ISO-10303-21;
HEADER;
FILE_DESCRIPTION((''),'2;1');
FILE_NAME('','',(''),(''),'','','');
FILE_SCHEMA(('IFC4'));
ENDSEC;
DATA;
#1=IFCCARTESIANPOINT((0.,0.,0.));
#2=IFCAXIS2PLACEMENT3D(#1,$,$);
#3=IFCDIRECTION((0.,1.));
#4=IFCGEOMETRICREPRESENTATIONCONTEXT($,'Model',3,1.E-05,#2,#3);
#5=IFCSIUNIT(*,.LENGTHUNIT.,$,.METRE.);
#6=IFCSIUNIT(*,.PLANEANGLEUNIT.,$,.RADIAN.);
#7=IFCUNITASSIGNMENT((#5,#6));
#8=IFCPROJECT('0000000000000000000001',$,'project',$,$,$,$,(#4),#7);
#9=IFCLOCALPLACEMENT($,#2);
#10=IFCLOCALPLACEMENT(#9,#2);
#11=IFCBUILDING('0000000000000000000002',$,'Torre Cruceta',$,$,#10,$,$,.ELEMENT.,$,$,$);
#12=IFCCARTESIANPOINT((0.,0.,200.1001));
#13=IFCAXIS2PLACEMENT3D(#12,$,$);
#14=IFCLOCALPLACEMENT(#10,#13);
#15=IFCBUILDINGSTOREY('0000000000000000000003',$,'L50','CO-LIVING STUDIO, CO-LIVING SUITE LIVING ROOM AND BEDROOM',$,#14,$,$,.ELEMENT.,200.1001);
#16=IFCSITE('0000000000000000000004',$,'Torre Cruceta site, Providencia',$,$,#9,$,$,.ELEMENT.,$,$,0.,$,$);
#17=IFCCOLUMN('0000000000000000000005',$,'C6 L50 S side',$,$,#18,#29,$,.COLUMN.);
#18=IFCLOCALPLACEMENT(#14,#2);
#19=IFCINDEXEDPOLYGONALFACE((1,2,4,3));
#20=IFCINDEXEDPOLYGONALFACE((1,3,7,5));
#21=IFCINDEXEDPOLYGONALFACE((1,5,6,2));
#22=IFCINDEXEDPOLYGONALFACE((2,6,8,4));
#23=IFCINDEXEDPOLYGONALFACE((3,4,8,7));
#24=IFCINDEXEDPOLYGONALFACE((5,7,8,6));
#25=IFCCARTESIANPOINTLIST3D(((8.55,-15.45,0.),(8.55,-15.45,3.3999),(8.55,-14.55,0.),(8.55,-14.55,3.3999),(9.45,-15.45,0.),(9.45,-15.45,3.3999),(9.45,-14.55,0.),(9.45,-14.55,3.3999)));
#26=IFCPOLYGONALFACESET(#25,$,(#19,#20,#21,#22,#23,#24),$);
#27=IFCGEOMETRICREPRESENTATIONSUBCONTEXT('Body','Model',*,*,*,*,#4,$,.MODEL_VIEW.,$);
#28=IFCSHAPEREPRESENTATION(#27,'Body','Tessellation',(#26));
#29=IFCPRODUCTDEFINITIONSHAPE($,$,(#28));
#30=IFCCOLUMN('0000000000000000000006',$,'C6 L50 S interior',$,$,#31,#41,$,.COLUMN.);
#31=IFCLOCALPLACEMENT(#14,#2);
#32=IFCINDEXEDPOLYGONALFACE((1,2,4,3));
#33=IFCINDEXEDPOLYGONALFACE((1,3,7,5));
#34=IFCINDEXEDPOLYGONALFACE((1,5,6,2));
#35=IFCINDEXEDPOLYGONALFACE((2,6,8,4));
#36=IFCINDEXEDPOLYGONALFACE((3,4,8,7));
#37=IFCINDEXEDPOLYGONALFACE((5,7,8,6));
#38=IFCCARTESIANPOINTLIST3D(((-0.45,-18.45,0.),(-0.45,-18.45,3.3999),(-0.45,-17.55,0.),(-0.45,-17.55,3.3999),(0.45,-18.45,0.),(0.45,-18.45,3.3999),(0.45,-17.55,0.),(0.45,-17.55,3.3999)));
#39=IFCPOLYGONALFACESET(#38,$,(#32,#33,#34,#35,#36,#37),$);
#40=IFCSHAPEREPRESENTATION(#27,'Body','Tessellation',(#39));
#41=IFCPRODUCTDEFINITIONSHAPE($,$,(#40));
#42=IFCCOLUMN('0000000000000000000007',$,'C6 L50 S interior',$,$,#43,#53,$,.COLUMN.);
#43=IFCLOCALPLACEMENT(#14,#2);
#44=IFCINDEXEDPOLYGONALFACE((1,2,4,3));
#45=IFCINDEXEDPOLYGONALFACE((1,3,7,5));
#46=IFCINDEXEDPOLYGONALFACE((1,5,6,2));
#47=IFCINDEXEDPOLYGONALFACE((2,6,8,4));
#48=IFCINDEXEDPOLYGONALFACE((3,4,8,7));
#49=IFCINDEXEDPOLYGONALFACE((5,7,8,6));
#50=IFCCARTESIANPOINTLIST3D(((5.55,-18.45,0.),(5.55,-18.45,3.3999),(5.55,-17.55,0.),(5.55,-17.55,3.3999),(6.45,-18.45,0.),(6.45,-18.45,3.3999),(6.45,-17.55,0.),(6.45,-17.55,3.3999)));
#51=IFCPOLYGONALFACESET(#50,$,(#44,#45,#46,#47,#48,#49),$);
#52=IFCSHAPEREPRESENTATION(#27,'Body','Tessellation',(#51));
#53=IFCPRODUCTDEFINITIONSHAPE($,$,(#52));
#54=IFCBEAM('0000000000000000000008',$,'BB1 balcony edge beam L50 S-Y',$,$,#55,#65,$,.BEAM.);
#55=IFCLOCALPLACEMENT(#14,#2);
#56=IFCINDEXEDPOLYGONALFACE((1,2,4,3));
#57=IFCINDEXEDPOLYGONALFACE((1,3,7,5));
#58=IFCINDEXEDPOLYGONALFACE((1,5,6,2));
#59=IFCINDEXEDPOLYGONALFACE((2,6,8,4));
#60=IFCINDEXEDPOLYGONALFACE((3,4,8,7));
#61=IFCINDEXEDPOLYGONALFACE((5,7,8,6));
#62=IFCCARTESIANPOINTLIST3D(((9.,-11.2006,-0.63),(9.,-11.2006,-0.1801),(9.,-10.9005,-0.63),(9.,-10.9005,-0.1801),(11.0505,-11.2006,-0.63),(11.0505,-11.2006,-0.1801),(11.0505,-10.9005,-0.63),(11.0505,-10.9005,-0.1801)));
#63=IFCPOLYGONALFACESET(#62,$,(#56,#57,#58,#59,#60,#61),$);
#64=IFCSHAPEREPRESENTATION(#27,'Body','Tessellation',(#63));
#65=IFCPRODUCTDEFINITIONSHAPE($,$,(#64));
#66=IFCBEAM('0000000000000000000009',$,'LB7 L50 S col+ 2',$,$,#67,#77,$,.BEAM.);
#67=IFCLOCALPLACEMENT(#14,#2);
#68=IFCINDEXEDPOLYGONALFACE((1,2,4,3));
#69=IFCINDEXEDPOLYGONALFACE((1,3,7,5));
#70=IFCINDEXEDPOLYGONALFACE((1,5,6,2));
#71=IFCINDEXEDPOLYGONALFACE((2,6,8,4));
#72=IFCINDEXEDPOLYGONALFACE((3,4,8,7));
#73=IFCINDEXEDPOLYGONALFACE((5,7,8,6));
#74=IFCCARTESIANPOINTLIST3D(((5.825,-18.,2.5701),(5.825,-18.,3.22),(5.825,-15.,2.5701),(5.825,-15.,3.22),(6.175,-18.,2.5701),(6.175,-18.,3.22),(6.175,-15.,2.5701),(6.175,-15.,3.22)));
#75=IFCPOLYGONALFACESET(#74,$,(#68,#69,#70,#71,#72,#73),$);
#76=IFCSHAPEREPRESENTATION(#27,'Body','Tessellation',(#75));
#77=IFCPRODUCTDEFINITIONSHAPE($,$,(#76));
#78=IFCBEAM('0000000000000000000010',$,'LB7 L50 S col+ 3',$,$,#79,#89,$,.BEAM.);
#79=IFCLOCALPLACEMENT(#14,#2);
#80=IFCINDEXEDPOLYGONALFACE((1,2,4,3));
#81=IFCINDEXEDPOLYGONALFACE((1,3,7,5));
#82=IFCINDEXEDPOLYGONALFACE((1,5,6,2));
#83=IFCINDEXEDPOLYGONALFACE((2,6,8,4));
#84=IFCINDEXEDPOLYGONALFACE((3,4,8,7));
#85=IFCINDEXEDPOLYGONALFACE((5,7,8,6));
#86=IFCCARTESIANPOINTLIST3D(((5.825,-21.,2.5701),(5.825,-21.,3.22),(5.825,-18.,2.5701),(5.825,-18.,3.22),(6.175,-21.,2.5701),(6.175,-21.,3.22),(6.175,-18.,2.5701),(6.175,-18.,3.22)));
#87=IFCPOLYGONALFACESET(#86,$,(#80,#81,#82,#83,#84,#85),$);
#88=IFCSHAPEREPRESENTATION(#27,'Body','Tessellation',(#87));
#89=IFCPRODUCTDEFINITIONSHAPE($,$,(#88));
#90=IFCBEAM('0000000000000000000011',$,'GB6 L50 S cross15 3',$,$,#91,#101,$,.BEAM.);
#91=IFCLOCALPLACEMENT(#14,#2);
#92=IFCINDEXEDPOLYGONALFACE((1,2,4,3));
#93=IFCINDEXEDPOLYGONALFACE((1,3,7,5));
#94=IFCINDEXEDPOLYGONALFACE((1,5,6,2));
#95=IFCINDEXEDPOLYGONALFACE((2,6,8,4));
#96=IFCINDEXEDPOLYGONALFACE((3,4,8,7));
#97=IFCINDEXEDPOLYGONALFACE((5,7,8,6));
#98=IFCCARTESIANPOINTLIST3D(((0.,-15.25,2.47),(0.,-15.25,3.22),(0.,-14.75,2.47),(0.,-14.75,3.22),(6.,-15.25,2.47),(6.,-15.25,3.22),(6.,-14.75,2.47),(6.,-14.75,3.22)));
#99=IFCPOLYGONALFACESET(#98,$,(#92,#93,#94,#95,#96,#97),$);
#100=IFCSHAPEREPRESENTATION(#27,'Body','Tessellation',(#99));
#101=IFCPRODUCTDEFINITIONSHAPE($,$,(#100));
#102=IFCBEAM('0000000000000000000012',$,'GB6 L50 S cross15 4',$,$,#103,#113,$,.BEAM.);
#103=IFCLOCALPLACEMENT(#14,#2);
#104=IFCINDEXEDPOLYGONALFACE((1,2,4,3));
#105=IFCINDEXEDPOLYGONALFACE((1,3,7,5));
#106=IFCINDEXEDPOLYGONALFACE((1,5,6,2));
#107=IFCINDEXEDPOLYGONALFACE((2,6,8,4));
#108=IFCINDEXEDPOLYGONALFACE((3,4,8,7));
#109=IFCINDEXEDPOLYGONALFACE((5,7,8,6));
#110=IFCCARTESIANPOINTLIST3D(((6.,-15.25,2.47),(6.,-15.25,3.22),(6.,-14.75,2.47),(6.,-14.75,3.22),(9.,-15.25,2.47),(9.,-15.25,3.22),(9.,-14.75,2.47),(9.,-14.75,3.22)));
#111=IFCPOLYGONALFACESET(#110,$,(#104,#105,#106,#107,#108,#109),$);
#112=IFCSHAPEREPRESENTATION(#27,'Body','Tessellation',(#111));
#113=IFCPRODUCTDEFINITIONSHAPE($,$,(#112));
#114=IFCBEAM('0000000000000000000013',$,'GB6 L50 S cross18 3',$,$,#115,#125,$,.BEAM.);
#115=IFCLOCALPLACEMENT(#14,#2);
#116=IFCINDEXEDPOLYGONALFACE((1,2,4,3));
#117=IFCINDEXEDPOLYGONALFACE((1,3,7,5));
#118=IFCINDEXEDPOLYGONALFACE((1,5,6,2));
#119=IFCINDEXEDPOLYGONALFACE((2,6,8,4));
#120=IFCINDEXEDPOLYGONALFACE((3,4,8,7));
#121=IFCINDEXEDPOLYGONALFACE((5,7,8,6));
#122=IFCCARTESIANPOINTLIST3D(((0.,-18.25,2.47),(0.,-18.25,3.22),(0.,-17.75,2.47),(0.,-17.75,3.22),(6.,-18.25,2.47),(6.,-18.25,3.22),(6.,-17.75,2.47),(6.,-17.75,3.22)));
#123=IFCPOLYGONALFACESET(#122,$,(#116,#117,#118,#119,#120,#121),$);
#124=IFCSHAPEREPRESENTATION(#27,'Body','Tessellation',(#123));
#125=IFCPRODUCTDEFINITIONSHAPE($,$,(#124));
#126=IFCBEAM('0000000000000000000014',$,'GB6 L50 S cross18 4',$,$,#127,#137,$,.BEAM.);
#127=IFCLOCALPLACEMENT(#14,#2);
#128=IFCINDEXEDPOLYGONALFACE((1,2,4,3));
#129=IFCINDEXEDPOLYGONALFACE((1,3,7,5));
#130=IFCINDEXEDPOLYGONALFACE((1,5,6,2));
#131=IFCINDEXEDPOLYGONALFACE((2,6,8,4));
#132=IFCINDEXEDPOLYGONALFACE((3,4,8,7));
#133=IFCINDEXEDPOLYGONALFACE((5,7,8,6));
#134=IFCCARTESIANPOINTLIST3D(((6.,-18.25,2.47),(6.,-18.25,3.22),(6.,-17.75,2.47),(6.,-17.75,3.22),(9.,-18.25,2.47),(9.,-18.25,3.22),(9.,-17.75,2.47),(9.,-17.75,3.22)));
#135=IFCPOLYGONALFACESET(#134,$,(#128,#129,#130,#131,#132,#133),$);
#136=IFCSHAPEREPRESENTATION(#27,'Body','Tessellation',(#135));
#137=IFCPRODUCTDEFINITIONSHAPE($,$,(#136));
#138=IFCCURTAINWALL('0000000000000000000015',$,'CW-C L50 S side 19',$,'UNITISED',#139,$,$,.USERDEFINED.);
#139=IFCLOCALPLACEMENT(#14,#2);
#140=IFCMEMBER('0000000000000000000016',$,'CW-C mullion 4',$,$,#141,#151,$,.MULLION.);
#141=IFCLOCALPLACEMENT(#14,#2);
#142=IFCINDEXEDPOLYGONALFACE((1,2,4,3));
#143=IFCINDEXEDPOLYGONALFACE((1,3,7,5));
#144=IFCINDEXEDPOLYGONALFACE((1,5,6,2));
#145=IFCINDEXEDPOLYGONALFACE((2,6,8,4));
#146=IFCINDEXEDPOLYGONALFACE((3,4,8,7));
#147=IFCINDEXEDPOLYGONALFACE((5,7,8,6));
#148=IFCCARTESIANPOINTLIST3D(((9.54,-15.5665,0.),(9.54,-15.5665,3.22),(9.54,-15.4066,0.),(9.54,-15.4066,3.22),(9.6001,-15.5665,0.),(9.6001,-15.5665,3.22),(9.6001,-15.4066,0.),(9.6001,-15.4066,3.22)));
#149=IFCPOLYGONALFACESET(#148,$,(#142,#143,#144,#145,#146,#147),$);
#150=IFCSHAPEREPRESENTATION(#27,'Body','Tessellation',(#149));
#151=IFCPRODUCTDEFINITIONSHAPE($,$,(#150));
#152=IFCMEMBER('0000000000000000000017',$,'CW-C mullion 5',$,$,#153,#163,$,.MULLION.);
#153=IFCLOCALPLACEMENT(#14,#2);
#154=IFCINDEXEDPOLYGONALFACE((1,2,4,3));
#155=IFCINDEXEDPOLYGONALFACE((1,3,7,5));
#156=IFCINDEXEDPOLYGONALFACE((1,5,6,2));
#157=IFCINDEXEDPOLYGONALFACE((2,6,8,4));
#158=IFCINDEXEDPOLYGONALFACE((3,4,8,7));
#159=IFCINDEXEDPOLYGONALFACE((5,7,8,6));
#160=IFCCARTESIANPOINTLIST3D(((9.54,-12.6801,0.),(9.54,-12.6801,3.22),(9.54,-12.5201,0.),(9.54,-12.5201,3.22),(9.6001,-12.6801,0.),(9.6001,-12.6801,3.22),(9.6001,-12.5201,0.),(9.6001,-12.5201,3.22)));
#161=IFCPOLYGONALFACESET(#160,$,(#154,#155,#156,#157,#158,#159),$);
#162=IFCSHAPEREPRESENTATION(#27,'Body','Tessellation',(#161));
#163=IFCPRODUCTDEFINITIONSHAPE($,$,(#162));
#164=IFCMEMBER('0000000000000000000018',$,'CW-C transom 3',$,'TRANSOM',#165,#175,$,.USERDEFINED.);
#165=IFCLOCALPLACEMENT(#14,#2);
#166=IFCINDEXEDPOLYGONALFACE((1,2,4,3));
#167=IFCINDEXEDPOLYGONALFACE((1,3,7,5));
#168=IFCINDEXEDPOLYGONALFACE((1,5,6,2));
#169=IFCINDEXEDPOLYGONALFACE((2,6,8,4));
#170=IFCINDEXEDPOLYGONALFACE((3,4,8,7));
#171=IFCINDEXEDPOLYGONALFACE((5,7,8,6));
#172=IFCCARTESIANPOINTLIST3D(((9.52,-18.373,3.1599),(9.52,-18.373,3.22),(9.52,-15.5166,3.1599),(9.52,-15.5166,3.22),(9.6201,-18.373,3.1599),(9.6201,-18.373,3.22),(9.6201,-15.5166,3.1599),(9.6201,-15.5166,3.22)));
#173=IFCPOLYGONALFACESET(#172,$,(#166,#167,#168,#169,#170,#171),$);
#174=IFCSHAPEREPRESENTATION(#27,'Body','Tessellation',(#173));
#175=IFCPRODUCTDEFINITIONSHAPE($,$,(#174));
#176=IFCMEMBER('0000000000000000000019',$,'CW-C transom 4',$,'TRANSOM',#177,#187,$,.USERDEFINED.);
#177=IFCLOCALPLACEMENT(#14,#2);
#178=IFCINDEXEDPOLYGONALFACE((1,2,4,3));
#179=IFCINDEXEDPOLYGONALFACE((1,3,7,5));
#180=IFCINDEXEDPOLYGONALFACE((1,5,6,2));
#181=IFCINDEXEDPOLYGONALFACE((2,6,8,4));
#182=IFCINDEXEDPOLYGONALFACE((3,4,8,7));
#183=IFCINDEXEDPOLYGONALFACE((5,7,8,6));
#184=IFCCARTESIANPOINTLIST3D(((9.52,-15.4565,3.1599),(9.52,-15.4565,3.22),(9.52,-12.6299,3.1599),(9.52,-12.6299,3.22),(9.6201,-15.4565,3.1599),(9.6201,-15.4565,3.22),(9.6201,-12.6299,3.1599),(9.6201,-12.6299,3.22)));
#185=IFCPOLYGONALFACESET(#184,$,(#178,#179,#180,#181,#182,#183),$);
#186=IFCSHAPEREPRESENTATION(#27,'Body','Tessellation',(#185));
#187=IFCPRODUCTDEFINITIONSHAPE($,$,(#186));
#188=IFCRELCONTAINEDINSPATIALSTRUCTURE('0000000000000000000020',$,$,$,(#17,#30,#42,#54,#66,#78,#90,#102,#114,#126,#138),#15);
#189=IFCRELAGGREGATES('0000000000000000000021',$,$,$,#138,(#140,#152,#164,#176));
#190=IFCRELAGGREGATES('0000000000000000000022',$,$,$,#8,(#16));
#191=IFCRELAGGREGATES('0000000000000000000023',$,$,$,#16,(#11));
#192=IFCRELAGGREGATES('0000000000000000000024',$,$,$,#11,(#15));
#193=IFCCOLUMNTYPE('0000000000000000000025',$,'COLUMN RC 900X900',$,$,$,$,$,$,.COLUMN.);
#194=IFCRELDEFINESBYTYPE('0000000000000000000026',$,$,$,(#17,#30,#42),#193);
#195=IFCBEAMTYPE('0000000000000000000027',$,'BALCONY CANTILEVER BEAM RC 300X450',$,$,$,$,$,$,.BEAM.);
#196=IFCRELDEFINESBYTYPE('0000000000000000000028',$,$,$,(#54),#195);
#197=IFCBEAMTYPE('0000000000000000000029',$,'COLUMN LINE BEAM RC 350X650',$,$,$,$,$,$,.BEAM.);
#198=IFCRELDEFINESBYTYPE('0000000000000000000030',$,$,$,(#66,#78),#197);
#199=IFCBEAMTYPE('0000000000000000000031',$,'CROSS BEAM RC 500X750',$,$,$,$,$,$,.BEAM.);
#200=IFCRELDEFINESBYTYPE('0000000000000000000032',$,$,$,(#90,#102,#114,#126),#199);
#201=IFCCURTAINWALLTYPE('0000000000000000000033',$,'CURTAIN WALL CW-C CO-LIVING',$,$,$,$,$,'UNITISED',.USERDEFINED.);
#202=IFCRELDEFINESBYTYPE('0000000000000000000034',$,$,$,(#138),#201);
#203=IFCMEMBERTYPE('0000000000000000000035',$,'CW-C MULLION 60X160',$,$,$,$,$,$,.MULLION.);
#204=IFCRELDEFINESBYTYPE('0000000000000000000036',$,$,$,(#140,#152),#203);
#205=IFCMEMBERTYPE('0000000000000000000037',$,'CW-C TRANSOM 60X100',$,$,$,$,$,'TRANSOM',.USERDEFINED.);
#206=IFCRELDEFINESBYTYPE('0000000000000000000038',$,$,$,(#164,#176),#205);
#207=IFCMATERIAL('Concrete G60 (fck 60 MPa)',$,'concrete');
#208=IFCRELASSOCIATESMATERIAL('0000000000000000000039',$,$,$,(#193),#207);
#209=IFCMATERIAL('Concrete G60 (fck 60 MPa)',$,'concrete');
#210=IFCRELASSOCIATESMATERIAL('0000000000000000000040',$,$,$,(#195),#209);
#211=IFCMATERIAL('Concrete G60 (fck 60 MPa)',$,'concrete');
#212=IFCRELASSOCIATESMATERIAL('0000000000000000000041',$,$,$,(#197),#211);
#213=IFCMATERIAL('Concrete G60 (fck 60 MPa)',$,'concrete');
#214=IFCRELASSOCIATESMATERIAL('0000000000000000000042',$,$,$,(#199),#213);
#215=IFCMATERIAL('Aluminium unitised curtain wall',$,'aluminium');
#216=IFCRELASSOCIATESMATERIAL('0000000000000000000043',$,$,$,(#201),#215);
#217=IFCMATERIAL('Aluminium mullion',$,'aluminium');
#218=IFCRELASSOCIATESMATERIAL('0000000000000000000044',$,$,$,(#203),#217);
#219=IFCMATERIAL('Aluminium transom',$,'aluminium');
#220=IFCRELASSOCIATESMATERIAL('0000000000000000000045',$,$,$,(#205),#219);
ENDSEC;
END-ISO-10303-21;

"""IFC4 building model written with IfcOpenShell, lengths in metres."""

from ifc_helpers import new_model, si_unit, direction, frame, origin, origin_2d, place, context, subcontext, project, spatial, rectangle, extrude, material, material_profile, profile_set, type_object, element, aggregate, save


model = new_model("IFC4")

# Units and contexts
model_context = context("Model", 3, precision=1e-05, world=origin(), true_north=direction((0.0, 1.0)))
body_context = subcontext(model_context, "Body", "Model", "MODEL_VIEW")
ifc_project = project(units=[si_unit("LENGTHUNIT", "METRE"), si_unit("PLANEANGLEUNIT", "RADIAN")], contexts=[model_context])

# Site, building, storey
site_placement = place(None, origin())
site = spatial("IfcSite", under=ifc_project, at=site_placement, Name="Torre Cruceta site, Providencia", CompositionType="ELEMENT", RefElevation=0.0)
building_placement = place(site_placement, origin())
building = spatial("IfcBuilding", under=site, at=building_placement, Name="Torre Cruceta", CompositionType="ELEMENT")
storey_placement = place(building_placement, frame((0.0, 0.0, 200.1001)))
storey = spatial("IfcBuildingStorey", under=building, at=storey_placement, Name="L50", Description="CO-LIVING STUDIO, CO-LIVING SUITE LIVING ROOM AND BEDROOM", CompositionType="ELEMENT", Elevation=200.1001)

# Columns
ifc_material_1 = material(Name="Concrete G60 (fck 60 MPa)", Category="concrete")
ifc_material_profile_1 = material_profile(ifc_material_1, rectangle(XDim=0.8999, YDim=0.8999, at=origin_2d()), Name="RC 900X900")
ifc_profile_set_1 = profile_set([ifc_material_profile_1], Name="Concrete G60 (fck 60 MPa)")
column_type = type_object("IfcColumnType", Name="COLUMN RC 900X900", PredefinedType="COLUMN", material=ifc_profile_set_1)
for number, where, z_axis, x_axis, name in (
    (1, (9.0, -15.0, 0.0), (0.0, 0.0, 1.0), (1.0, 0.0, 0.0), "C6 L50 S side"),
    (2, (0.0, -18.0, 0.0), (0.0, 0.0, 1.0), (1.0, 0.0, 0.0), "C6 L50 S interior"),
    (3, (6.0, -18.0, 0.0), (0.0, 0.0, 1.0), (1.0, 0.0, 0.0), "C6 L50 S interior"),
):
    element("IfcColumn", number, at=place(storey_placement, frame(where, z_axis=z_axis, x_axis=x_axis)), inside=storey, type_object=column_type, Name=name, PredefinedType="COLUMN", context=body_context, shape_type="SweptSolid", body=[
        extrude(rectangle(XDim=0.8999, YDim=0.8999, at=origin_2d()), origin(), (0.0, 0.0, 1.0), 3.3999),
    ])

# Beams
ifc_material_2 = material(Name="Concrete G60 (fck 60 MPa)", Category="concrete")
ifc_material_profile_2 = material_profile(ifc_material_2, rectangle(XDim=0.3, YDim=0.45, at=origin_2d()), Name="RC 300X450")
ifc_profile_set_2 = profile_set([ifc_material_profile_2], Name="Concrete G60 (fck 60 MPa)")
beam_type_1 = type_object("IfcBeamType", Name="BALCONY CANTILEVER BEAM RC 300X450", PredefinedType="BEAM", material=ifc_profile_set_2)
beam_1_placement = place(storey_placement, frame((9.0, -11.0505, -0.405), z_axis=(1.0, 0.0, 0.0), x_axis=(0.0, 1.0, 0.0)))
element("IfcBeam", 4, at=beam_1_placement, inside=storey, type_object=beam_type_1, Name="BB1 balcony edge beam L50 S-Y", PredefinedType="BEAM", context=body_context, shape_type="SweptSolid", body=[
    extrude(rectangle(XDim=0.3, YDim=0.45, at=origin_2d()), origin(), (0.0, 0.0, 1.0), 2.0505),
])
ifc_material_3 = material(Name="Concrete G60 (fck 60 MPa)", Category="concrete")
ifc_material_profile_3 = material_profile(ifc_material_3, rectangle(XDim=0.3501, YDim=0.6499, at=origin_2d()), Name="RC 350X650")
ifc_profile_set_3 = profile_set([ifc_material_profile_3], Name="Concrete G60 (fck 60 MPa)")
beam_type_2 = type_object("IfcBeamType", Name="COLUMN LINE BEAM RC 350X650", PredefinedType="BEAM", material=ifc_profile_set_3)
for number, where, z_axis, x_axis, name in (
    (5, (6.0, -15.0, 2.895), (0.0, -1.0, 0.0), (1.0, 0.0, 0.0), "LB7 L50 S col+ 2"),
    (6, (6.0, -18.0, 2.895), (0.0, -1.0, 0.0), (1.0, 0.0, 0.0), "LB7 L50 S col+ 3"),
):
    element("IfcBeam", number, at=place(storey_placement, frame(where, z_axis=z_axis, x_axis=x_axis)), inside=storey, type_object=beam_type_2, Name=name, PredefinedType="BEAM", context=body_context, shape_type="SweptSolid", body=[
        extrude(rectangle(XDim=0.3501, YDim=0.6499, at=origin_2d()), origin(), (0.0, 0.0, 1.0), 3.0),
    ])
ifc_material_4 = material(Name="Concrete G60 (fck 60 MPa)", Category="concrete")
ifc_material_profile_4 = material_profile(ifc_material_4, rectangle(XDim=0.5, YDim=0.75, at=origin_2d()), Name="RC 500X750")
ifc_profile_set_4 = profile_set([ifc_material_profile_4], Name="Concrete G60 (fck 60 MPa)")
beam_type_3 = type_object("IfcBeamType", Name="CROSS BEAM RC 500X750", PredefinedType="BEAM", material=ifc_profile_set_4)
beam_2_placement = place(storey_placement, frame((0.0, -15.0, 2.845), z_axis=(1.0, 0.0, 0.0), x_axis=(0.0, 1.0, 0.0)))
element("IfcBeam", 7, at=beam_2_placement, inside=storey, type_object=beam_type_3, Name="GB6 L50 S cross15 3", PredefinedType="BEAM", context=body_context, shape_type="SweptSolid", body=[
    extrude(rectangle(XDim=0.5, YDim=0.75, at=origin_2d()), origin(), (0.0, 0.0, 1.0), 6.0),
])
beam_3_placement = place(storey_placement, frame((6.0, -15.0, 2.845), z_axis=(1.0, 0.0, 0.0), x_axis=(0.0, 1.0, 0.0)))
element("IfcBeam", 8, at=beam_3_placement, inside=storey, type_object=beam_type_3, Name="GB6 L50 S cross15 4", PredefinedType="BEAM", context=body_context, shape_type="SweptSolid", body=[
    extrude(rectangle(XDim=0.5, YDim=0.75, at=origin_2d()), origin(), (0.0, 0.0, 1.0), 3.0),
])
beam_4_placement = place(storey_placement, frame((0.0, -18.0, 2.845), z_axis=(1.0, 0.0, 0.0), x_axis=(0.0, 1.0, 0.0)))
element("IfcBeam", 9, at=beam_4_placement, inside=storey, type_object=beam_type_3, Name="GB6 L50 S cross18 3", PredefinedType="BEAM", context=body_context, shape_type="SweptSolid", body=[
    extrude(rectangle(XDim=0.5, YDim=0.75, at=origin_2d()), origin(), (0.0, 0.0, 1.0), 6.0),
])
beam_5_placement = place(storey_placement, frame((6.0, -18.0, 2.845), z_axis=(1.0, 0.0, 0.0), x_axis=(0.0, 1.0, 0.0)))
element("IfcBeam", 10, at=beam_5_placement, inside=storey, type_object=beam_type_3, Name="GB6 L50 S cross18 4", PredefinedType="BEAM", context=body_context, shape_type="SweptSolid", body=[
    extrude(rectangle(XDim=0.5, YDim=0.75, at=origin_2d()), origin(), (0.0, 0.0, 1.0), 3.0),
])

# Curtain wall, members
ifc_material_5 = material(Name="Aluminium unitised curtain wall", Category="aluminium")
curtain_wall_type = type_object("IfcCurtainWallType", Name="CURTAIN WALL CW-C CO-LIVING", ElementType="UNITISED", PredefinedType="USERDEFINED", material=ifc_material_5)
curtain_wall_placement = place(storey_placement, origin())
curtain_wall = element("IfcCurtainWall", 11, at=curtain_wall_placement, inside=storey, type_object=curtain_wall_type, Name="CW-C L50 S side 19", ObjectType="UNITISED", PredefinedType="USERDEFINED")
ifc_material_6 = material(Name="Aluminium mullion", Category="aluminium")
ifc_material_profile_5 = material_profile(ifc_material_6, rectangle(XDim=0.0601, YDim=0.1599, at=origin_2d()), Name="AL 60X160")
ifc_profile_set_5 = profile_set([ifc_material_profile_5], Name="Aluminium mullion")
member_type_1 = type_object("IfcMemberType", Name="CW-C MULLION 60X160", PredefinedType="MULLION", material=ifc_profile_set_5)
member_1_placement = place(storey_placement, frame((9.5701, -15.4866, 0.0), z_axis=(0.0, 0.0, 1.0), x_axis=(-1.0, 0.0, 0.0)))
member_1 = element("IfcMember", 12, at=member_1_placement, type_object=member_type_1, Name="CW-C mullion 4", PredefinedType="MULLION", context=body_context, shape_type="SweptSolid", body=[
    extrude(rectangle(XDim=0.0601, YDim=0.1599, at=origin_2d()), origin(), (0.0, 0.0, 1.0), 3.22),
])
member_2_placement = place(storey_placement, frame((9.5701, -12.6001, 0.0), z_axis=(0.0, 0.0, 1.0), x_axis=(-1.0, 0.0, 0.0)))
member_2 = element("IfcMember", 13, at=member_2_placement, type_object=member_type_1, Name="CW-C mullion 5", PredefinedType="MULLION", context=body_context, shape_type="SweptSolid", body=[
    extrude(rectangle(XDim=0.0601, YDim=0.1599, at=origin_2d()), origin(), (0.0, 0.0, 1.0), 3.22),
])
ifc_material_7 = material(Name="Aluminium transom", Category="aluminium")
ifc_material_profile_6 = material_profile(ifc_material_7, rectangle(XDim=0.1001, YDim=0.0601, at=origin_2d()), Name="AL 100X60")
ifc_profile_set_6 = profile_set([ifc_material_profile_6], Name="Aluminium transom")
member_type_2 = type_object("IfcMemberType", Name="CW-C TRANSOM 60X100", ElementType="TRANSOM", PredefinedType="USERDEFINED", material=ifc_profile_set_6)
member_3_placement = place(storey_placement, frame((9.5701, -18.373, 3.1899), z_axis=(0.0, 1.0, 0.0), x_axis=(-1.0, 0.0, 0.0)))
member_3 = element("IfcMember", 14, at=member_3_placement, type_object=member_type_2, Name="CW-C transom 3", ObjectType="TRANSOM", PredefinedType="USERDEFINED", context=body_context, shape_type="SweptSolid", body=[
    extrude(rectangle(XDim=0.1001, YDim=0.0601, at=origin_2d()), origin(), (0.0, 0.0, 1.0), 2.8564),
])
member_4_placement = place(storey_placement, frame((9.5701, -15.4565, 3.1899), z_axis=(0.0, 1.0, 0.0), x_axis=(-1.0, 0.0, 0.0)))
member_4 = element("IfcMember", 15, at=member_4_placement, type_object=member_type_2, Name="CW-C transom 4", ObjectType="TRANSOM", PredefinedType="USERDEFINED", context=body_context, shape_type="SweptSolid", body=[
    extrude(rectangle(XDim=0.1001, YDim=0.0601, at=origin_2d()), origin(), (0.0, 0.0, 1.0), 2.8267),
])

aggregate(curtain_wall, [member_1, member_2, member_3, member_4])

save(model, "model.ifc")
